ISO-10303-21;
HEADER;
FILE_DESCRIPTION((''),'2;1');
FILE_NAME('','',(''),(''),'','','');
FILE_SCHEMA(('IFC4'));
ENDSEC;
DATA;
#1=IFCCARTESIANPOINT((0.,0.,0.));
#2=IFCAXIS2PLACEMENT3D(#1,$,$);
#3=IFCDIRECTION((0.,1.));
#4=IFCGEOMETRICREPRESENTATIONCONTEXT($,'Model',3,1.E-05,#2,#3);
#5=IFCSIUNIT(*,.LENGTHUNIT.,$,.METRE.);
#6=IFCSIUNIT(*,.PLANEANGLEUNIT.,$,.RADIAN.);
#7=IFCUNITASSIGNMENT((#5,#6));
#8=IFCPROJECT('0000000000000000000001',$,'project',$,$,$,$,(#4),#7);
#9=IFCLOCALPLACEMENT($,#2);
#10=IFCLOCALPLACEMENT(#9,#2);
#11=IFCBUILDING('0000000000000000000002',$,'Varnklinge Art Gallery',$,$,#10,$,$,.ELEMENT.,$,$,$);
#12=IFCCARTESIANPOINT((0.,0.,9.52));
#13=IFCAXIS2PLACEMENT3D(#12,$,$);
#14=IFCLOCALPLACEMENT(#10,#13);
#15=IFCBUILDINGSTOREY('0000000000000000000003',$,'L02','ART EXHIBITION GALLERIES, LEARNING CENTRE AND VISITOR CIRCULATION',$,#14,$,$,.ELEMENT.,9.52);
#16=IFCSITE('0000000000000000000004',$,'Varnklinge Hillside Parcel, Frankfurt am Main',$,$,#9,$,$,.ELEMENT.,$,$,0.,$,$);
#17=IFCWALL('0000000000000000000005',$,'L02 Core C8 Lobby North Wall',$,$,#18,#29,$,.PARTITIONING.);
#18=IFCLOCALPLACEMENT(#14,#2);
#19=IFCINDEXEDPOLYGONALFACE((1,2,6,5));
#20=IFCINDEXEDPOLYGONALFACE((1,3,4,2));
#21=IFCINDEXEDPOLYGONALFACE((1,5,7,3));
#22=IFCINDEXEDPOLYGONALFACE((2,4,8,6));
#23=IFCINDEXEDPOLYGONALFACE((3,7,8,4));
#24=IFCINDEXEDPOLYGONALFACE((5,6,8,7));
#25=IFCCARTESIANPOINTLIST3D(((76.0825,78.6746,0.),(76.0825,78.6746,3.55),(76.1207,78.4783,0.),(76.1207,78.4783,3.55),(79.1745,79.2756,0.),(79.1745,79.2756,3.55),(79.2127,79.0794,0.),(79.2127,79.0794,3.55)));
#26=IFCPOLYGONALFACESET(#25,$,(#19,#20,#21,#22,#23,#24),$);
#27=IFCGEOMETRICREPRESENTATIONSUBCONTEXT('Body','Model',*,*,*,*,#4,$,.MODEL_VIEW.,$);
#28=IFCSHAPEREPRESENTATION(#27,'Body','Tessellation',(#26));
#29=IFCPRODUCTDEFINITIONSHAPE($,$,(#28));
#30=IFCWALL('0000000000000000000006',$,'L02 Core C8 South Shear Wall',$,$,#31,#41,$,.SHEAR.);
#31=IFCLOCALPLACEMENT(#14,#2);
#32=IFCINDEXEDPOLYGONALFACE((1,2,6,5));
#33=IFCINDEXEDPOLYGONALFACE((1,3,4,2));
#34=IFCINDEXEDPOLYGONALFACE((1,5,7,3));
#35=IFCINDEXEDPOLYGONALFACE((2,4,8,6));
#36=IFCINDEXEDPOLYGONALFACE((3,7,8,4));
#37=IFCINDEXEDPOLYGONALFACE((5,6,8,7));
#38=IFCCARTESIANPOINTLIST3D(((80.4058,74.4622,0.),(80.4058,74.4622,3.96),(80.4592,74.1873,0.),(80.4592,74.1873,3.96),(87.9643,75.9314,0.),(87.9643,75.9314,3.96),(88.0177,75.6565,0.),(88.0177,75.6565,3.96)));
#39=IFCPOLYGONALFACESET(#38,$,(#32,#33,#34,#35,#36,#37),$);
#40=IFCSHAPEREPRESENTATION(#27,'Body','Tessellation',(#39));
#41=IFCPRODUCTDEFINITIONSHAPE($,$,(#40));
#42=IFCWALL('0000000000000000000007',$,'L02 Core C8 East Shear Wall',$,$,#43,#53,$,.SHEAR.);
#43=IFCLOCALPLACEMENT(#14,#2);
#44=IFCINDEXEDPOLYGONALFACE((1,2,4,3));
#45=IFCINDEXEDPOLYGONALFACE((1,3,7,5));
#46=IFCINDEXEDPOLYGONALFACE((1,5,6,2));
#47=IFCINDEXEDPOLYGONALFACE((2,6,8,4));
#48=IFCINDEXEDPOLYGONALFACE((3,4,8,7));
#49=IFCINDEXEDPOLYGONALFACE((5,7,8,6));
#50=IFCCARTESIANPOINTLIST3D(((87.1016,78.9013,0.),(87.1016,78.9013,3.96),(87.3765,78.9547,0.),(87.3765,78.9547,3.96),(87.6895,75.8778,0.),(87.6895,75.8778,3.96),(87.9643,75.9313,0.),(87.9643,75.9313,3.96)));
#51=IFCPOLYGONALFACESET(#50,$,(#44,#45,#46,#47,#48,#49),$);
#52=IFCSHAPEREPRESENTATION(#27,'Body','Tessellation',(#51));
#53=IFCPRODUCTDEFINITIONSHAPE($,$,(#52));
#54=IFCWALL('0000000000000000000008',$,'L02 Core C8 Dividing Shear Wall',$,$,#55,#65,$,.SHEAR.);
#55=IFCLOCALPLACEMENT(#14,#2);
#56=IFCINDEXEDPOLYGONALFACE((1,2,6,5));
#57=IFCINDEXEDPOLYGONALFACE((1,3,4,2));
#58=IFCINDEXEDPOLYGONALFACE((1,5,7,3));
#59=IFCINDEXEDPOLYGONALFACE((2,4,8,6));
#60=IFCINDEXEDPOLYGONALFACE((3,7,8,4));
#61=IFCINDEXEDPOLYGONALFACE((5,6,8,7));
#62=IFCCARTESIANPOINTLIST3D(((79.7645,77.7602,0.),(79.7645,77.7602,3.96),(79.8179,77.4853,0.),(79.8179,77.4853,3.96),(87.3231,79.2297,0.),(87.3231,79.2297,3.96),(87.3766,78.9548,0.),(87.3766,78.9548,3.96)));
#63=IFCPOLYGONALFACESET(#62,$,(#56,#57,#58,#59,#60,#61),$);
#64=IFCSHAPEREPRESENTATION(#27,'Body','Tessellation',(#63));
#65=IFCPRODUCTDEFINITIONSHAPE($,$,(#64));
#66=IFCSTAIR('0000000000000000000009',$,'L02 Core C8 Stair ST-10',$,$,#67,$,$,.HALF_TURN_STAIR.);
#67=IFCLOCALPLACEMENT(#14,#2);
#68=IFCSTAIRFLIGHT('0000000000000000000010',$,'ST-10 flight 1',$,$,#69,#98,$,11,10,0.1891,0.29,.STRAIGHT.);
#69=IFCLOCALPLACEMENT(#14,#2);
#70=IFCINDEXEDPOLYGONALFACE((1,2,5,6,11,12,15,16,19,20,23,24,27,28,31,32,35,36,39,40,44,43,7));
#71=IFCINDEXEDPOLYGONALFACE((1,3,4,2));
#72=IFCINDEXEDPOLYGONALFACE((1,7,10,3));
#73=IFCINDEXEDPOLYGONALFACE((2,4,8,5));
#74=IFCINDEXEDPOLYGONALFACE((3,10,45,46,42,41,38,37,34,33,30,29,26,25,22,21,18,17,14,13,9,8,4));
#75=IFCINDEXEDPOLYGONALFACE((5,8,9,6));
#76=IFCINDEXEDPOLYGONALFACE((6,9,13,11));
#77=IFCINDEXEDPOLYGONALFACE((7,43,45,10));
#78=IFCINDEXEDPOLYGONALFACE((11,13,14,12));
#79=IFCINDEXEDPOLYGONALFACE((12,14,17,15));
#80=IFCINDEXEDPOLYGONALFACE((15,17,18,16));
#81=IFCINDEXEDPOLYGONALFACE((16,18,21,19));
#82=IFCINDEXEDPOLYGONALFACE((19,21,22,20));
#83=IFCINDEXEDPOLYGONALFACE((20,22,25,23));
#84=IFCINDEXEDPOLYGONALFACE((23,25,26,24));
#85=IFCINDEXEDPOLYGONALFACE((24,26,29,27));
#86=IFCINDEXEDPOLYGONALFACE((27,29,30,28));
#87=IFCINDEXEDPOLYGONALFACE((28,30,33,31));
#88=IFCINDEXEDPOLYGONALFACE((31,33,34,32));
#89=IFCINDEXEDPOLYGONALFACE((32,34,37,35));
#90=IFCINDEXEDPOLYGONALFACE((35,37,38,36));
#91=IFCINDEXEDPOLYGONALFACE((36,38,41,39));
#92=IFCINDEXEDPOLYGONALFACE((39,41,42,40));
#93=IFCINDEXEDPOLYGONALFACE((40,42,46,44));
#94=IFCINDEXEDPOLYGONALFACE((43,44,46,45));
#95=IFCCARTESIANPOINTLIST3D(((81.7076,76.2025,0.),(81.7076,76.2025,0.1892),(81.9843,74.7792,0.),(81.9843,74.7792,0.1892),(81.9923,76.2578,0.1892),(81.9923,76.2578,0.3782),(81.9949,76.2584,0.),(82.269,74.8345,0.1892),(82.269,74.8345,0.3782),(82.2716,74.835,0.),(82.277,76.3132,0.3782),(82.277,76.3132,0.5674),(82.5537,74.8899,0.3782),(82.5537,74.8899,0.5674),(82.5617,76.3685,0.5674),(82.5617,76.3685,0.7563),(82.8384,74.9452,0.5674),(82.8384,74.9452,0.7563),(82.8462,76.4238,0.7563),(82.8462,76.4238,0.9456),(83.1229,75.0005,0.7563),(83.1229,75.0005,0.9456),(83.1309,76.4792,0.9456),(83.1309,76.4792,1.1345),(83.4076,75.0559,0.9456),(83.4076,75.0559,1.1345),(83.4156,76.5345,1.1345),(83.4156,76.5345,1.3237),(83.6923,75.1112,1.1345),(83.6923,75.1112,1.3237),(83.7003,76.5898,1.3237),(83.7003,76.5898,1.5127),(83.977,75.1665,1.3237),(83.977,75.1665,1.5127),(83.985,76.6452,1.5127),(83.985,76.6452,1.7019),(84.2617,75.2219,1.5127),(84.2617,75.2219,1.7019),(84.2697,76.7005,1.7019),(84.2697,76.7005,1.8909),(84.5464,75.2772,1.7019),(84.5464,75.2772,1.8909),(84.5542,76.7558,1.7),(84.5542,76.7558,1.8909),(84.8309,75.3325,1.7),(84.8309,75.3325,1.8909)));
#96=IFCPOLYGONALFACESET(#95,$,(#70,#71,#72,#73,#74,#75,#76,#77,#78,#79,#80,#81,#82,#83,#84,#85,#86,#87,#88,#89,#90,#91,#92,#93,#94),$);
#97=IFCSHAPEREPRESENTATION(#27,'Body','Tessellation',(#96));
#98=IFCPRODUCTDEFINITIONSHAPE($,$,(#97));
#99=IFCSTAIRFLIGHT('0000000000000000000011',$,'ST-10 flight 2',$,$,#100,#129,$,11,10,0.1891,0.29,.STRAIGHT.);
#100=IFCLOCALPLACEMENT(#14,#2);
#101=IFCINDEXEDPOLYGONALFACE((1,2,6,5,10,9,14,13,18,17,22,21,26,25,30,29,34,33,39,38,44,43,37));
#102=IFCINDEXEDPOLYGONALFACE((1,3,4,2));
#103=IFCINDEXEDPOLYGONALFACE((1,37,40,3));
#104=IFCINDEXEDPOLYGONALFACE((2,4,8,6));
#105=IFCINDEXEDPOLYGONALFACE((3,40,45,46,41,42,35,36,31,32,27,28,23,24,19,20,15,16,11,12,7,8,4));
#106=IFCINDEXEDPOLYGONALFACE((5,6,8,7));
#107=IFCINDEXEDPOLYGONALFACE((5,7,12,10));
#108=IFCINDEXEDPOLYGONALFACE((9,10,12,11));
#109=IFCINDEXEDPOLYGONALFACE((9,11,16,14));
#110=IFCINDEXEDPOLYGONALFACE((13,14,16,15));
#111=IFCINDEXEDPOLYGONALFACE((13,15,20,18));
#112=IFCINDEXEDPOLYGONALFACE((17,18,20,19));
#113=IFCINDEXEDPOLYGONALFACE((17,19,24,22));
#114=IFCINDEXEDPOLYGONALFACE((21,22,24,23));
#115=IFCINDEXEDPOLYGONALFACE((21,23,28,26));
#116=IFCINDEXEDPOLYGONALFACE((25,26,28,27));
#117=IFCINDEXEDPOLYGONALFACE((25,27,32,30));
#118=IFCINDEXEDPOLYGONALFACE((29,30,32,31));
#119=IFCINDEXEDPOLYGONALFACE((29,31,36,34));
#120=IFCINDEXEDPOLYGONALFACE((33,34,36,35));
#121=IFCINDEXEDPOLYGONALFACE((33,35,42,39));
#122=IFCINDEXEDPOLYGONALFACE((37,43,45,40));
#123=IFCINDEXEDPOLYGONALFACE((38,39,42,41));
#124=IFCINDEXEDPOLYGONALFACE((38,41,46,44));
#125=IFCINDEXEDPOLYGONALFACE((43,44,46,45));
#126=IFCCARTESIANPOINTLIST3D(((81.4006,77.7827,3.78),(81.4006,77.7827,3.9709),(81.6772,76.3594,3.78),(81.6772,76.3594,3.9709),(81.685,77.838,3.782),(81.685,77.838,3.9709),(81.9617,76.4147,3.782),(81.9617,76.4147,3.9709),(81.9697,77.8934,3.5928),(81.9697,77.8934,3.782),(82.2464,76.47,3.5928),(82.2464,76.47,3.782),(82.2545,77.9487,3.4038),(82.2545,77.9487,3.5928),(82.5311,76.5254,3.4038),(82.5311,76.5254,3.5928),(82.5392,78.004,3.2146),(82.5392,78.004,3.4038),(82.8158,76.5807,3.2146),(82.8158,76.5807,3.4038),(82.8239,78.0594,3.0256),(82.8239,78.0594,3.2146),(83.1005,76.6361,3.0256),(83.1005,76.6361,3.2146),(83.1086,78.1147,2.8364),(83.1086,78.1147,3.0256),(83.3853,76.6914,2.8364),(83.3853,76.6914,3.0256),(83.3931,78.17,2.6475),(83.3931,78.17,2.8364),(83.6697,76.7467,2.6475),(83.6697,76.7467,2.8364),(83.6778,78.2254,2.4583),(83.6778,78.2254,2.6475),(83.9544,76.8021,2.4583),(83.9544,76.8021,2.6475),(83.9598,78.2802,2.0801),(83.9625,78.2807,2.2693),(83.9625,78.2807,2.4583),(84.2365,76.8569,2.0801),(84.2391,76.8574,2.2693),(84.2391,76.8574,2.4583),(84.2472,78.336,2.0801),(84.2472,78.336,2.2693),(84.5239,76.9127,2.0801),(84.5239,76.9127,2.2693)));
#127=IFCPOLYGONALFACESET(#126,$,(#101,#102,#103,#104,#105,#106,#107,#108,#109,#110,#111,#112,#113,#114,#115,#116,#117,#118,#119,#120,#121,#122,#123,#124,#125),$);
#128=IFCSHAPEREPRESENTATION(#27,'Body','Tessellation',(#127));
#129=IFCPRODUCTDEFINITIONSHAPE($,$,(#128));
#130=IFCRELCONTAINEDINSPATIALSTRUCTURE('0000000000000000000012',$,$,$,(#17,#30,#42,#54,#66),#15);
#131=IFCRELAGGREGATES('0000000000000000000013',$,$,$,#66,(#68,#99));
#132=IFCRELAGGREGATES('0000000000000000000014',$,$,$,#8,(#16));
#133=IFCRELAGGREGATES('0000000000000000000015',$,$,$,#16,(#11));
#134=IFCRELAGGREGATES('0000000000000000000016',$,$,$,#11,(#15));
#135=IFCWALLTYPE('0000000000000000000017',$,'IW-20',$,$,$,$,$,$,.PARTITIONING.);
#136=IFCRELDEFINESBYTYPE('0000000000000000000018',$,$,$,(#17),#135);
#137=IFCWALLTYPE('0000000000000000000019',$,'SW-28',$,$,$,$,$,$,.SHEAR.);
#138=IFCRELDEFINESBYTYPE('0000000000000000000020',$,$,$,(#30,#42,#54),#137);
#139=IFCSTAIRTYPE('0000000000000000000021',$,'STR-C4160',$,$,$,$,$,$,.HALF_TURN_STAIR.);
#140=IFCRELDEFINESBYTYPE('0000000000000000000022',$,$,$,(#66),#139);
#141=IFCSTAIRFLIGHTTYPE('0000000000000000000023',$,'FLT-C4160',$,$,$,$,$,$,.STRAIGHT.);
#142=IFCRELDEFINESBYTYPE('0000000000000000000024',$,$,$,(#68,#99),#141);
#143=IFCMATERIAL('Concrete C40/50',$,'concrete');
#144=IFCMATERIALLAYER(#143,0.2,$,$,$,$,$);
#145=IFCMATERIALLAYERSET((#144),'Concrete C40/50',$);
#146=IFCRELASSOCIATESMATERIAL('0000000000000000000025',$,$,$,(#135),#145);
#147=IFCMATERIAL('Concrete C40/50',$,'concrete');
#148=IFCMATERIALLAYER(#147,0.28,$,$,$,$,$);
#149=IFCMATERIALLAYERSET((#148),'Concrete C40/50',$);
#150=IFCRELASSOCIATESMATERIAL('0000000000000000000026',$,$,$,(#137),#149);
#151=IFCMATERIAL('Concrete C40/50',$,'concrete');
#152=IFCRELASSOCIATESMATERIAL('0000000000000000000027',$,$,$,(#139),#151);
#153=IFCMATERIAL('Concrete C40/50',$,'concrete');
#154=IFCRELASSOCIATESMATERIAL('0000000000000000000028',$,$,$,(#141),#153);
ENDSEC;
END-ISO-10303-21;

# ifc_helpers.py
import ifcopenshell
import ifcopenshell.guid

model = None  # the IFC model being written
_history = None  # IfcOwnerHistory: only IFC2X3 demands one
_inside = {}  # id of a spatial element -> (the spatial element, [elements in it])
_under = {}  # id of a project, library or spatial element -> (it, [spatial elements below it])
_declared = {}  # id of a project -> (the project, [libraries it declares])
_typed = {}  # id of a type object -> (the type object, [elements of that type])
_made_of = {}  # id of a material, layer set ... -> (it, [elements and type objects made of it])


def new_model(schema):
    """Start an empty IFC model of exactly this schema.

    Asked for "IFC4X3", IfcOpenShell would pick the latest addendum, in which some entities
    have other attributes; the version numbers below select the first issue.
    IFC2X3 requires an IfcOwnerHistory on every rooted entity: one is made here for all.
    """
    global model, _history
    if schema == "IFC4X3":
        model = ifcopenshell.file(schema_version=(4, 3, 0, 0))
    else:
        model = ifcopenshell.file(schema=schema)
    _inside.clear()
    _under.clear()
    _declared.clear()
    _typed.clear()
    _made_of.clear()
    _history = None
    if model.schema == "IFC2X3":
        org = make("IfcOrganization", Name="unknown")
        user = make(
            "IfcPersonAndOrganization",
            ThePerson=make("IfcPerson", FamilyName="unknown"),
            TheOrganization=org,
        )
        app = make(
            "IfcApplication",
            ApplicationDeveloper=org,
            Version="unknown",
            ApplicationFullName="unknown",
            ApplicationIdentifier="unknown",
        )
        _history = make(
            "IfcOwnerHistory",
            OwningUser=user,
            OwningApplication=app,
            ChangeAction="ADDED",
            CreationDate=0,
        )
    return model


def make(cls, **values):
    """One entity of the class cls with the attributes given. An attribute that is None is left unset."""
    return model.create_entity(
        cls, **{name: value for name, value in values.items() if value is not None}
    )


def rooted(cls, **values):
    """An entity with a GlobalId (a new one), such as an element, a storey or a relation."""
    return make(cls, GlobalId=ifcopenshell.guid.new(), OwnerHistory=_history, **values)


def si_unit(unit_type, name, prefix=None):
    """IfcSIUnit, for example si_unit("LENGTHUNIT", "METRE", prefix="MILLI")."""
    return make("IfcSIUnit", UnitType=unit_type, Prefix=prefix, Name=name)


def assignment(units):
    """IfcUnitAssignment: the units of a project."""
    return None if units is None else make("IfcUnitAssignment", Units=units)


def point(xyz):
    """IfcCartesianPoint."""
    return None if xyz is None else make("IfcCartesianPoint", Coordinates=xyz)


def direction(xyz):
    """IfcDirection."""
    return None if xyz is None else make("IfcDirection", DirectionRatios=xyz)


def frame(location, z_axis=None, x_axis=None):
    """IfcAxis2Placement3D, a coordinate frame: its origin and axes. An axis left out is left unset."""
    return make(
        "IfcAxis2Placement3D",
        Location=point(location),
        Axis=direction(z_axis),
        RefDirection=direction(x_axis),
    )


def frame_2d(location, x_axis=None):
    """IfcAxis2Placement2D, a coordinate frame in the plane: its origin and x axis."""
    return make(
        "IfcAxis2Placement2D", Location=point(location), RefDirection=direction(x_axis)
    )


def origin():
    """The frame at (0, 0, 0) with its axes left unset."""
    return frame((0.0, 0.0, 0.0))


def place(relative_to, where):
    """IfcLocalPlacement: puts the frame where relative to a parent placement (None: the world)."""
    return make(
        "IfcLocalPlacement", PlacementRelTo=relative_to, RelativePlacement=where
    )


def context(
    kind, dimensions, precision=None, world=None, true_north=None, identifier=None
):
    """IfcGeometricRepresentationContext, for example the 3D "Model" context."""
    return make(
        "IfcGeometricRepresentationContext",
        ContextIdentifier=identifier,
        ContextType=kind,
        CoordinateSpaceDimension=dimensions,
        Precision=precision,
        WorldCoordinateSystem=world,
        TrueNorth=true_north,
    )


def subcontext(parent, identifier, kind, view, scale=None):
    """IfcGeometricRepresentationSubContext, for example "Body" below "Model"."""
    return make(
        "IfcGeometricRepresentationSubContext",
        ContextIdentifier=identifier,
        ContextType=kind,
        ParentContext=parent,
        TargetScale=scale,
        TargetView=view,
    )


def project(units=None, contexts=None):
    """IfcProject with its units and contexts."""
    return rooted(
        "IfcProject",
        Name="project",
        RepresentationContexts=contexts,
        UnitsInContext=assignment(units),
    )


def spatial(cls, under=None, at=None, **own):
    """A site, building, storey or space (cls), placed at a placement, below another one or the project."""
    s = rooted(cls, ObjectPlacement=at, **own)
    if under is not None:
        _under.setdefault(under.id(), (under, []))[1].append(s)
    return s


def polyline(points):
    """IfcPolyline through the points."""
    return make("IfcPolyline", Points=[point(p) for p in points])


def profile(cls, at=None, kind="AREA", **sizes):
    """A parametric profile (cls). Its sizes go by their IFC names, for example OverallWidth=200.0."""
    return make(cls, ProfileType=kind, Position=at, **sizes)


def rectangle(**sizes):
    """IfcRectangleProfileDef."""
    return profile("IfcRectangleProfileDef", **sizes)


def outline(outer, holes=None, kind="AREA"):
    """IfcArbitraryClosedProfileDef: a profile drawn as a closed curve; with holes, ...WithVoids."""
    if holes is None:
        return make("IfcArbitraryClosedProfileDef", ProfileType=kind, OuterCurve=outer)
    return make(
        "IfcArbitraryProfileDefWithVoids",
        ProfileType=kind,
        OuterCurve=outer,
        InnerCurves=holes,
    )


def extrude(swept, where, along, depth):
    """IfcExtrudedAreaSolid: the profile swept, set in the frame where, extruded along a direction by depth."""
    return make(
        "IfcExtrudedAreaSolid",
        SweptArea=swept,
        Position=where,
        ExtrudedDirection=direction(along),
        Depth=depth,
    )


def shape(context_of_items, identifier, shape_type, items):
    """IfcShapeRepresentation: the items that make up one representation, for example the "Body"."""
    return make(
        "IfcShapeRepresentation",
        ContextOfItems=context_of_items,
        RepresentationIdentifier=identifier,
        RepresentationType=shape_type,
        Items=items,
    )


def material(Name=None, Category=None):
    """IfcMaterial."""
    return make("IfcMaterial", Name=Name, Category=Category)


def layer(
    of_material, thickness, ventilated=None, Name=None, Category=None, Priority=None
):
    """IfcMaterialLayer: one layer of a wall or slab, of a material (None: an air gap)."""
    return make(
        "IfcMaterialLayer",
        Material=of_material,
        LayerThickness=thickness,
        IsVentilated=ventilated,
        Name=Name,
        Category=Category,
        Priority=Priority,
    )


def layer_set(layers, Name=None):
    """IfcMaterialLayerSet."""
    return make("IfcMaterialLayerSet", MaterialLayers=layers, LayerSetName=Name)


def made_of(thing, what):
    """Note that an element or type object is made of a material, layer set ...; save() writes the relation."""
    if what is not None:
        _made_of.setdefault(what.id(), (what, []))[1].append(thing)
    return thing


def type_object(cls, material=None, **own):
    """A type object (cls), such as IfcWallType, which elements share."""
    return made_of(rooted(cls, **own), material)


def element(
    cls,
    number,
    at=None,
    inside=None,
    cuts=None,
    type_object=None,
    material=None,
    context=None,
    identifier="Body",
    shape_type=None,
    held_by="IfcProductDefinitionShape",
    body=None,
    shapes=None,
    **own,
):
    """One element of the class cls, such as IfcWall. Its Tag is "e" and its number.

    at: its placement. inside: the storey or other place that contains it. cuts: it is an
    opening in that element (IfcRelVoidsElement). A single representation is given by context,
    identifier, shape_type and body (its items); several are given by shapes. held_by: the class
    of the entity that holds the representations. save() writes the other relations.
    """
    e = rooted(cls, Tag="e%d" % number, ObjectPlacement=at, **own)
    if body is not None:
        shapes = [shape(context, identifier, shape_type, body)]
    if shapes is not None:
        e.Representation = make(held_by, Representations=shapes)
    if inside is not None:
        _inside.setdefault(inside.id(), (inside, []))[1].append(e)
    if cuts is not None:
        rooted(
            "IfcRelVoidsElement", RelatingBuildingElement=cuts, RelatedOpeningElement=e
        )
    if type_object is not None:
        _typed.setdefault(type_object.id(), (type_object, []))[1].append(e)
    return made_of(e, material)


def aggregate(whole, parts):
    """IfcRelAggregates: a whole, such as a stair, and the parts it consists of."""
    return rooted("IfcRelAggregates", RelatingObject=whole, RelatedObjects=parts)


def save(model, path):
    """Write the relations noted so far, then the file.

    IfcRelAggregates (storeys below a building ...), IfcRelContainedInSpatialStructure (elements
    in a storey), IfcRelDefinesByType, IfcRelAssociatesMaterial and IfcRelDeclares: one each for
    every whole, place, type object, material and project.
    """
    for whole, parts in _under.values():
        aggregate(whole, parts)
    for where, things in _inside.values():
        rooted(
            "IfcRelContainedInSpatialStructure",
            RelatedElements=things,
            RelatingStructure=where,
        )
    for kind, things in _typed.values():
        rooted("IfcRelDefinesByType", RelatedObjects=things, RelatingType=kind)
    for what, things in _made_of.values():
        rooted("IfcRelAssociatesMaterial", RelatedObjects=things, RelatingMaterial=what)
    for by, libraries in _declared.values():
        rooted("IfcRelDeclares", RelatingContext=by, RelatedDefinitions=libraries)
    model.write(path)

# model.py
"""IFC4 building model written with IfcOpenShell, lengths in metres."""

from ifc_helpers import new_model, si_unit, direction, frame, frame_2d, origin, place, context, subcontext, project, spatial, polyline, rectangle, outline, extrude, material, layer, layer_set, type_object, element, aggregate, save


model = new_model("IFC4")

# Units and contexts
model_context = context("Model", 3, precision=1e-05, world=origin(), true_north=direction((0.0, 1.0)))
body_context = subcontext(model_context, "Body", "Model", "MODEL_VIEW")
ifc_project = project(units=[si_unit("LENGTHUNIT", "METRE"), si_unit("PLANEANGLEUNIT", "RADIAN")], contexts=[model_context])

# Site, building, storey
site_placement = place(None, origin())
site = spatial("IfcSite", under=ifc_project, at=site_placement, Name="Varnklinge Hillside Parcel, Frankfurt am Main", CompositionType="ELEMENT", RefElevation=0.0)
building_placement = place(site_placement, origin())
building = spatial("IfcBuilding", under=site, at=building_placement, Name="Varnklinge Art Gallery", CompositionType="ELEMENT")
storey_placement = place(building_placement, frame((0.0, 0.0, 9.52)))
storey = spatial("IfcBuildingStorey", under=building, at=storey_placement, Name="L02", Description="ART EXHIBITION GALLERIES, LEARNING CENTRE AND VISITOR CIRCULATION", CompositionType="ELEMENT", Elevation=9.52)

# Walls
ifc_material_1 = material(Name="Concrete C40/50", Category="concrete")
ifc_layer_1 = layer(ifc_material_1, 0.2)
ifc_layer_set_1 = layer_set([ifc_layer_1], Name="Concrete C40/50")
wall_type_1 = type_object("IfcWallType", Name="IW-20", PredefinedType="PARTITIONING", material=ifc_layer_set_1)
wall_1_placement = place(storey_placement, frame((79.1936, 79.1775, 0.0), z_axis=(0.0, 0.0, 1.0), x_axis=(-0.981625, -0.190822, 0.0)))
element("IfcWall", 1, at=wall_1_placement, inside=storey, type_object=wall_type_1, Name="L02 Core C8 Lobby North Wall", PredefinedType="PARTITIONING", context=body_context, shape_type="SweptSolid", body=[
    extrude(rectangle(XDim=3.1499, YDim=0.2, at=frame_2d((1.575, 0.0))), origin(), (0.0, 0.0, 1.0), 3.55),
])
ifc_material_2 = material(Name="Concrete C40/50", Category="concrete")
ifc_layer_2 = layer(ifc_material_2, 0.28)
ifc_layer_set_2 = layer_set([ifc_layer_2], Name="Concrete C40/50")
wall_type_2 = type_object("IfcWallType", Name="SW-28", PredefinedType="SHEAR", material=ifc_layer_set_2)
wall_2_placement = place(storey_placement, frame((80.4324, 74.3247, 0.0), z_axis=(0.0, 0.0, 1.0), x_axis=(0.981627, 0.190809, 0.0)))
element("IfcWall", 2, at=wall_2_placement, inside=storey, type_object=wall_type_2, Name="L02 Core C8 South Shear Wall", PredefinedType="SHEAR", context=body_context, shape_type="SweptSolid", body=[
    extrude(rectangle(XDim=7.7, YDim=0.28, at=frame_2d((3.8501, 0.0))), origin(), (0.0, 0.0, 1.0), 3.96),
])
wall_3_placement = place(storey_placement, frame((87.8269, 75.9045, 0.0), z_axis=(0.0, 0.0, 1.0), x_axis=(-0.19087, 0.981615, 0.0)))
element("IfcWall", 3, at=wall_3_placement, inside=storey, type_object=wall_type_2, Name="L02 Core C8 East Shear Wall", PredefinedType="SHEAR", context=body_context, shape_type="SweptSolid", body=[
    extrude(rectangle(XDim=3.0801, YDim=0.28, at=frame_2d((1.54, 0.0))), origin(), (0.0, 0.0, 1.0), 3.96),
])
wall_4_placement = place(storey_placement, frame((87.3499, 79.0923, 0.0), z_axis=(0.0, 0.0, 1.0), x_axis=(-0.981621, -0.190839, 0.0)))
element("IfcWall", 4, at=wall_4_placement, inside=storey, type_object=wall_type_2, Name="L02 Core C8 Dividing Shear Wall", PredefinedType="SHEAR", context=body_context, shape_type="SweptSolid", body=[
    extrude(rectangle(XDim=7.7002, YDim=0.28, at=frame_2d((3.8501, 0.0))), origin(), (0.0, 0.0, 1.0), 3.96),
])

# Stair, stair flights
ifc_material_3 = material(Name="Concrete C40/50", Category="concrete")
stair_type = type_object("IfcStairType", Name="STR-C4160", PredefinedType="HALF_TURN_STAIR", material=ifc_material_3)
stair_placement = place(storey_placement, origin())
stair = element("IfcStair", 5, at=stair_placement, inside=storey, type_object=stair_type, Name="L02 Core C8 Stair ST-10", PredefinedType="HALF_TURN_STAIR")
ifc_material_4 = material(Name="Concrete C40/50", Category="concrete")
stair_flight_type = type_object("IfcStairFlightType", Name="FLT-C4160", PredefinedType="STRAIGHT", material=ifc_material_4)
stair_flight_1_placement = place(storey_placement, frame((81.8459, 75.4907, 0.0), z_axis=(0.0, 0.0, 1.0), x_axis=(0.981627, 0.190809, 0.0)))
stair_flight_1 = element("IfcStairFlight", 6, at=stair_flight_1_placement, type_object=stair_flight_type, Name="ST-10 flight 1", NumberOfRisers=11, NumberOfTreads=10, PredefinedType="STRAIGHT", RiserHeight=0.1891, TreadLength=0.29, context=body_context, shape_type="SweptSolid", body=[
    extrude(outline(polyline([(0.0, 0.0), (0.0, 0.1892), (0.29, 0.1892), (0.29, 0.3782), (0.5801, 0.3782), (0.5801, 0.5674), (0.8701, 0.5674), (0.8701, 0.7563), (1.1599, 0.7563), (1.1599, 0.9456), (1.45, 0.9456), (1.45, 1.1345), (1.74, 1.1345), (1.74, 1.3237), (2.03, 1.3237), (2.03, 1.5127), (2.3201, 1.5127), (2.3201, 1.7019), (2.6101, 1.7019), (2.6101, 1.8909), (2.8999, 1.8909), (2.8999, 2.0801), (2.8999, 1.7), (0.2927, 0.0), (0.0, 0.0)])), frame((0.0, 0.7251, 0.0), z_axis=(0.0, -1.0, 0.0), x_axis=(1.0, 0.0, 0.0)), (0.0, 0.0, 1.0), 1.45),
])
stair_flight_2_placement = place(storey_placement, frame((84.3855, 77.6245, 2.0801), z_axis=(0.0, 0.0, 1.0), x_axis=(-0.981627, -0.190809, 0.0)))
stair_flight_2 = element("IfcStairFlight", 7, at=stair_flight_2_placement, type_object=stair_flight_type, Name="ST-10 flight 2", NumberOfRisers=11, NumberOfTreads=10, PredefinedType="STRAIGHT", RiserHeight=0.1891, TreadLength=0.29, context=body_context, shape_type="SweptSolid", body=[
    extrude(outline(polyline([(0.0, 0.0), (0.0, 0.1892), (0.29, 0.1892), (0.29, 0.3782), (0.5801, 0.3782), (0.5801, 0.5674), (0.8701, 0.5674), (0.8701, 0.7563), (1.1599, 0.7563), (1.1599, 0.9456), (1.45, 0.9456), (1.45, 1.1345), (1.74, 1.1345), (1.74, 1.3237), (2.03, 1.3237), (2.03, 1.5127), (2.3201, 1.5127), (2.3201, 1.7019), (2.6101, 1.7019), (2.6101, 1.8909), (2.8999, 1.8909), (2.8999, 2.0801), (2.8999, 1.7), (0.2927, 0.0), (0.0, 0.0)])), frame((0.0, 0.7251, 0.0), z_axis=(0.0, -1.0, 0.0), x_axis=(1.0, 0.0, 0.0)), (0.0, 0.0, 1.0), 1.45),
])
aggregate(stair, [stair_flight_1, stair_flight_2])

save(model, "model.ifc")
